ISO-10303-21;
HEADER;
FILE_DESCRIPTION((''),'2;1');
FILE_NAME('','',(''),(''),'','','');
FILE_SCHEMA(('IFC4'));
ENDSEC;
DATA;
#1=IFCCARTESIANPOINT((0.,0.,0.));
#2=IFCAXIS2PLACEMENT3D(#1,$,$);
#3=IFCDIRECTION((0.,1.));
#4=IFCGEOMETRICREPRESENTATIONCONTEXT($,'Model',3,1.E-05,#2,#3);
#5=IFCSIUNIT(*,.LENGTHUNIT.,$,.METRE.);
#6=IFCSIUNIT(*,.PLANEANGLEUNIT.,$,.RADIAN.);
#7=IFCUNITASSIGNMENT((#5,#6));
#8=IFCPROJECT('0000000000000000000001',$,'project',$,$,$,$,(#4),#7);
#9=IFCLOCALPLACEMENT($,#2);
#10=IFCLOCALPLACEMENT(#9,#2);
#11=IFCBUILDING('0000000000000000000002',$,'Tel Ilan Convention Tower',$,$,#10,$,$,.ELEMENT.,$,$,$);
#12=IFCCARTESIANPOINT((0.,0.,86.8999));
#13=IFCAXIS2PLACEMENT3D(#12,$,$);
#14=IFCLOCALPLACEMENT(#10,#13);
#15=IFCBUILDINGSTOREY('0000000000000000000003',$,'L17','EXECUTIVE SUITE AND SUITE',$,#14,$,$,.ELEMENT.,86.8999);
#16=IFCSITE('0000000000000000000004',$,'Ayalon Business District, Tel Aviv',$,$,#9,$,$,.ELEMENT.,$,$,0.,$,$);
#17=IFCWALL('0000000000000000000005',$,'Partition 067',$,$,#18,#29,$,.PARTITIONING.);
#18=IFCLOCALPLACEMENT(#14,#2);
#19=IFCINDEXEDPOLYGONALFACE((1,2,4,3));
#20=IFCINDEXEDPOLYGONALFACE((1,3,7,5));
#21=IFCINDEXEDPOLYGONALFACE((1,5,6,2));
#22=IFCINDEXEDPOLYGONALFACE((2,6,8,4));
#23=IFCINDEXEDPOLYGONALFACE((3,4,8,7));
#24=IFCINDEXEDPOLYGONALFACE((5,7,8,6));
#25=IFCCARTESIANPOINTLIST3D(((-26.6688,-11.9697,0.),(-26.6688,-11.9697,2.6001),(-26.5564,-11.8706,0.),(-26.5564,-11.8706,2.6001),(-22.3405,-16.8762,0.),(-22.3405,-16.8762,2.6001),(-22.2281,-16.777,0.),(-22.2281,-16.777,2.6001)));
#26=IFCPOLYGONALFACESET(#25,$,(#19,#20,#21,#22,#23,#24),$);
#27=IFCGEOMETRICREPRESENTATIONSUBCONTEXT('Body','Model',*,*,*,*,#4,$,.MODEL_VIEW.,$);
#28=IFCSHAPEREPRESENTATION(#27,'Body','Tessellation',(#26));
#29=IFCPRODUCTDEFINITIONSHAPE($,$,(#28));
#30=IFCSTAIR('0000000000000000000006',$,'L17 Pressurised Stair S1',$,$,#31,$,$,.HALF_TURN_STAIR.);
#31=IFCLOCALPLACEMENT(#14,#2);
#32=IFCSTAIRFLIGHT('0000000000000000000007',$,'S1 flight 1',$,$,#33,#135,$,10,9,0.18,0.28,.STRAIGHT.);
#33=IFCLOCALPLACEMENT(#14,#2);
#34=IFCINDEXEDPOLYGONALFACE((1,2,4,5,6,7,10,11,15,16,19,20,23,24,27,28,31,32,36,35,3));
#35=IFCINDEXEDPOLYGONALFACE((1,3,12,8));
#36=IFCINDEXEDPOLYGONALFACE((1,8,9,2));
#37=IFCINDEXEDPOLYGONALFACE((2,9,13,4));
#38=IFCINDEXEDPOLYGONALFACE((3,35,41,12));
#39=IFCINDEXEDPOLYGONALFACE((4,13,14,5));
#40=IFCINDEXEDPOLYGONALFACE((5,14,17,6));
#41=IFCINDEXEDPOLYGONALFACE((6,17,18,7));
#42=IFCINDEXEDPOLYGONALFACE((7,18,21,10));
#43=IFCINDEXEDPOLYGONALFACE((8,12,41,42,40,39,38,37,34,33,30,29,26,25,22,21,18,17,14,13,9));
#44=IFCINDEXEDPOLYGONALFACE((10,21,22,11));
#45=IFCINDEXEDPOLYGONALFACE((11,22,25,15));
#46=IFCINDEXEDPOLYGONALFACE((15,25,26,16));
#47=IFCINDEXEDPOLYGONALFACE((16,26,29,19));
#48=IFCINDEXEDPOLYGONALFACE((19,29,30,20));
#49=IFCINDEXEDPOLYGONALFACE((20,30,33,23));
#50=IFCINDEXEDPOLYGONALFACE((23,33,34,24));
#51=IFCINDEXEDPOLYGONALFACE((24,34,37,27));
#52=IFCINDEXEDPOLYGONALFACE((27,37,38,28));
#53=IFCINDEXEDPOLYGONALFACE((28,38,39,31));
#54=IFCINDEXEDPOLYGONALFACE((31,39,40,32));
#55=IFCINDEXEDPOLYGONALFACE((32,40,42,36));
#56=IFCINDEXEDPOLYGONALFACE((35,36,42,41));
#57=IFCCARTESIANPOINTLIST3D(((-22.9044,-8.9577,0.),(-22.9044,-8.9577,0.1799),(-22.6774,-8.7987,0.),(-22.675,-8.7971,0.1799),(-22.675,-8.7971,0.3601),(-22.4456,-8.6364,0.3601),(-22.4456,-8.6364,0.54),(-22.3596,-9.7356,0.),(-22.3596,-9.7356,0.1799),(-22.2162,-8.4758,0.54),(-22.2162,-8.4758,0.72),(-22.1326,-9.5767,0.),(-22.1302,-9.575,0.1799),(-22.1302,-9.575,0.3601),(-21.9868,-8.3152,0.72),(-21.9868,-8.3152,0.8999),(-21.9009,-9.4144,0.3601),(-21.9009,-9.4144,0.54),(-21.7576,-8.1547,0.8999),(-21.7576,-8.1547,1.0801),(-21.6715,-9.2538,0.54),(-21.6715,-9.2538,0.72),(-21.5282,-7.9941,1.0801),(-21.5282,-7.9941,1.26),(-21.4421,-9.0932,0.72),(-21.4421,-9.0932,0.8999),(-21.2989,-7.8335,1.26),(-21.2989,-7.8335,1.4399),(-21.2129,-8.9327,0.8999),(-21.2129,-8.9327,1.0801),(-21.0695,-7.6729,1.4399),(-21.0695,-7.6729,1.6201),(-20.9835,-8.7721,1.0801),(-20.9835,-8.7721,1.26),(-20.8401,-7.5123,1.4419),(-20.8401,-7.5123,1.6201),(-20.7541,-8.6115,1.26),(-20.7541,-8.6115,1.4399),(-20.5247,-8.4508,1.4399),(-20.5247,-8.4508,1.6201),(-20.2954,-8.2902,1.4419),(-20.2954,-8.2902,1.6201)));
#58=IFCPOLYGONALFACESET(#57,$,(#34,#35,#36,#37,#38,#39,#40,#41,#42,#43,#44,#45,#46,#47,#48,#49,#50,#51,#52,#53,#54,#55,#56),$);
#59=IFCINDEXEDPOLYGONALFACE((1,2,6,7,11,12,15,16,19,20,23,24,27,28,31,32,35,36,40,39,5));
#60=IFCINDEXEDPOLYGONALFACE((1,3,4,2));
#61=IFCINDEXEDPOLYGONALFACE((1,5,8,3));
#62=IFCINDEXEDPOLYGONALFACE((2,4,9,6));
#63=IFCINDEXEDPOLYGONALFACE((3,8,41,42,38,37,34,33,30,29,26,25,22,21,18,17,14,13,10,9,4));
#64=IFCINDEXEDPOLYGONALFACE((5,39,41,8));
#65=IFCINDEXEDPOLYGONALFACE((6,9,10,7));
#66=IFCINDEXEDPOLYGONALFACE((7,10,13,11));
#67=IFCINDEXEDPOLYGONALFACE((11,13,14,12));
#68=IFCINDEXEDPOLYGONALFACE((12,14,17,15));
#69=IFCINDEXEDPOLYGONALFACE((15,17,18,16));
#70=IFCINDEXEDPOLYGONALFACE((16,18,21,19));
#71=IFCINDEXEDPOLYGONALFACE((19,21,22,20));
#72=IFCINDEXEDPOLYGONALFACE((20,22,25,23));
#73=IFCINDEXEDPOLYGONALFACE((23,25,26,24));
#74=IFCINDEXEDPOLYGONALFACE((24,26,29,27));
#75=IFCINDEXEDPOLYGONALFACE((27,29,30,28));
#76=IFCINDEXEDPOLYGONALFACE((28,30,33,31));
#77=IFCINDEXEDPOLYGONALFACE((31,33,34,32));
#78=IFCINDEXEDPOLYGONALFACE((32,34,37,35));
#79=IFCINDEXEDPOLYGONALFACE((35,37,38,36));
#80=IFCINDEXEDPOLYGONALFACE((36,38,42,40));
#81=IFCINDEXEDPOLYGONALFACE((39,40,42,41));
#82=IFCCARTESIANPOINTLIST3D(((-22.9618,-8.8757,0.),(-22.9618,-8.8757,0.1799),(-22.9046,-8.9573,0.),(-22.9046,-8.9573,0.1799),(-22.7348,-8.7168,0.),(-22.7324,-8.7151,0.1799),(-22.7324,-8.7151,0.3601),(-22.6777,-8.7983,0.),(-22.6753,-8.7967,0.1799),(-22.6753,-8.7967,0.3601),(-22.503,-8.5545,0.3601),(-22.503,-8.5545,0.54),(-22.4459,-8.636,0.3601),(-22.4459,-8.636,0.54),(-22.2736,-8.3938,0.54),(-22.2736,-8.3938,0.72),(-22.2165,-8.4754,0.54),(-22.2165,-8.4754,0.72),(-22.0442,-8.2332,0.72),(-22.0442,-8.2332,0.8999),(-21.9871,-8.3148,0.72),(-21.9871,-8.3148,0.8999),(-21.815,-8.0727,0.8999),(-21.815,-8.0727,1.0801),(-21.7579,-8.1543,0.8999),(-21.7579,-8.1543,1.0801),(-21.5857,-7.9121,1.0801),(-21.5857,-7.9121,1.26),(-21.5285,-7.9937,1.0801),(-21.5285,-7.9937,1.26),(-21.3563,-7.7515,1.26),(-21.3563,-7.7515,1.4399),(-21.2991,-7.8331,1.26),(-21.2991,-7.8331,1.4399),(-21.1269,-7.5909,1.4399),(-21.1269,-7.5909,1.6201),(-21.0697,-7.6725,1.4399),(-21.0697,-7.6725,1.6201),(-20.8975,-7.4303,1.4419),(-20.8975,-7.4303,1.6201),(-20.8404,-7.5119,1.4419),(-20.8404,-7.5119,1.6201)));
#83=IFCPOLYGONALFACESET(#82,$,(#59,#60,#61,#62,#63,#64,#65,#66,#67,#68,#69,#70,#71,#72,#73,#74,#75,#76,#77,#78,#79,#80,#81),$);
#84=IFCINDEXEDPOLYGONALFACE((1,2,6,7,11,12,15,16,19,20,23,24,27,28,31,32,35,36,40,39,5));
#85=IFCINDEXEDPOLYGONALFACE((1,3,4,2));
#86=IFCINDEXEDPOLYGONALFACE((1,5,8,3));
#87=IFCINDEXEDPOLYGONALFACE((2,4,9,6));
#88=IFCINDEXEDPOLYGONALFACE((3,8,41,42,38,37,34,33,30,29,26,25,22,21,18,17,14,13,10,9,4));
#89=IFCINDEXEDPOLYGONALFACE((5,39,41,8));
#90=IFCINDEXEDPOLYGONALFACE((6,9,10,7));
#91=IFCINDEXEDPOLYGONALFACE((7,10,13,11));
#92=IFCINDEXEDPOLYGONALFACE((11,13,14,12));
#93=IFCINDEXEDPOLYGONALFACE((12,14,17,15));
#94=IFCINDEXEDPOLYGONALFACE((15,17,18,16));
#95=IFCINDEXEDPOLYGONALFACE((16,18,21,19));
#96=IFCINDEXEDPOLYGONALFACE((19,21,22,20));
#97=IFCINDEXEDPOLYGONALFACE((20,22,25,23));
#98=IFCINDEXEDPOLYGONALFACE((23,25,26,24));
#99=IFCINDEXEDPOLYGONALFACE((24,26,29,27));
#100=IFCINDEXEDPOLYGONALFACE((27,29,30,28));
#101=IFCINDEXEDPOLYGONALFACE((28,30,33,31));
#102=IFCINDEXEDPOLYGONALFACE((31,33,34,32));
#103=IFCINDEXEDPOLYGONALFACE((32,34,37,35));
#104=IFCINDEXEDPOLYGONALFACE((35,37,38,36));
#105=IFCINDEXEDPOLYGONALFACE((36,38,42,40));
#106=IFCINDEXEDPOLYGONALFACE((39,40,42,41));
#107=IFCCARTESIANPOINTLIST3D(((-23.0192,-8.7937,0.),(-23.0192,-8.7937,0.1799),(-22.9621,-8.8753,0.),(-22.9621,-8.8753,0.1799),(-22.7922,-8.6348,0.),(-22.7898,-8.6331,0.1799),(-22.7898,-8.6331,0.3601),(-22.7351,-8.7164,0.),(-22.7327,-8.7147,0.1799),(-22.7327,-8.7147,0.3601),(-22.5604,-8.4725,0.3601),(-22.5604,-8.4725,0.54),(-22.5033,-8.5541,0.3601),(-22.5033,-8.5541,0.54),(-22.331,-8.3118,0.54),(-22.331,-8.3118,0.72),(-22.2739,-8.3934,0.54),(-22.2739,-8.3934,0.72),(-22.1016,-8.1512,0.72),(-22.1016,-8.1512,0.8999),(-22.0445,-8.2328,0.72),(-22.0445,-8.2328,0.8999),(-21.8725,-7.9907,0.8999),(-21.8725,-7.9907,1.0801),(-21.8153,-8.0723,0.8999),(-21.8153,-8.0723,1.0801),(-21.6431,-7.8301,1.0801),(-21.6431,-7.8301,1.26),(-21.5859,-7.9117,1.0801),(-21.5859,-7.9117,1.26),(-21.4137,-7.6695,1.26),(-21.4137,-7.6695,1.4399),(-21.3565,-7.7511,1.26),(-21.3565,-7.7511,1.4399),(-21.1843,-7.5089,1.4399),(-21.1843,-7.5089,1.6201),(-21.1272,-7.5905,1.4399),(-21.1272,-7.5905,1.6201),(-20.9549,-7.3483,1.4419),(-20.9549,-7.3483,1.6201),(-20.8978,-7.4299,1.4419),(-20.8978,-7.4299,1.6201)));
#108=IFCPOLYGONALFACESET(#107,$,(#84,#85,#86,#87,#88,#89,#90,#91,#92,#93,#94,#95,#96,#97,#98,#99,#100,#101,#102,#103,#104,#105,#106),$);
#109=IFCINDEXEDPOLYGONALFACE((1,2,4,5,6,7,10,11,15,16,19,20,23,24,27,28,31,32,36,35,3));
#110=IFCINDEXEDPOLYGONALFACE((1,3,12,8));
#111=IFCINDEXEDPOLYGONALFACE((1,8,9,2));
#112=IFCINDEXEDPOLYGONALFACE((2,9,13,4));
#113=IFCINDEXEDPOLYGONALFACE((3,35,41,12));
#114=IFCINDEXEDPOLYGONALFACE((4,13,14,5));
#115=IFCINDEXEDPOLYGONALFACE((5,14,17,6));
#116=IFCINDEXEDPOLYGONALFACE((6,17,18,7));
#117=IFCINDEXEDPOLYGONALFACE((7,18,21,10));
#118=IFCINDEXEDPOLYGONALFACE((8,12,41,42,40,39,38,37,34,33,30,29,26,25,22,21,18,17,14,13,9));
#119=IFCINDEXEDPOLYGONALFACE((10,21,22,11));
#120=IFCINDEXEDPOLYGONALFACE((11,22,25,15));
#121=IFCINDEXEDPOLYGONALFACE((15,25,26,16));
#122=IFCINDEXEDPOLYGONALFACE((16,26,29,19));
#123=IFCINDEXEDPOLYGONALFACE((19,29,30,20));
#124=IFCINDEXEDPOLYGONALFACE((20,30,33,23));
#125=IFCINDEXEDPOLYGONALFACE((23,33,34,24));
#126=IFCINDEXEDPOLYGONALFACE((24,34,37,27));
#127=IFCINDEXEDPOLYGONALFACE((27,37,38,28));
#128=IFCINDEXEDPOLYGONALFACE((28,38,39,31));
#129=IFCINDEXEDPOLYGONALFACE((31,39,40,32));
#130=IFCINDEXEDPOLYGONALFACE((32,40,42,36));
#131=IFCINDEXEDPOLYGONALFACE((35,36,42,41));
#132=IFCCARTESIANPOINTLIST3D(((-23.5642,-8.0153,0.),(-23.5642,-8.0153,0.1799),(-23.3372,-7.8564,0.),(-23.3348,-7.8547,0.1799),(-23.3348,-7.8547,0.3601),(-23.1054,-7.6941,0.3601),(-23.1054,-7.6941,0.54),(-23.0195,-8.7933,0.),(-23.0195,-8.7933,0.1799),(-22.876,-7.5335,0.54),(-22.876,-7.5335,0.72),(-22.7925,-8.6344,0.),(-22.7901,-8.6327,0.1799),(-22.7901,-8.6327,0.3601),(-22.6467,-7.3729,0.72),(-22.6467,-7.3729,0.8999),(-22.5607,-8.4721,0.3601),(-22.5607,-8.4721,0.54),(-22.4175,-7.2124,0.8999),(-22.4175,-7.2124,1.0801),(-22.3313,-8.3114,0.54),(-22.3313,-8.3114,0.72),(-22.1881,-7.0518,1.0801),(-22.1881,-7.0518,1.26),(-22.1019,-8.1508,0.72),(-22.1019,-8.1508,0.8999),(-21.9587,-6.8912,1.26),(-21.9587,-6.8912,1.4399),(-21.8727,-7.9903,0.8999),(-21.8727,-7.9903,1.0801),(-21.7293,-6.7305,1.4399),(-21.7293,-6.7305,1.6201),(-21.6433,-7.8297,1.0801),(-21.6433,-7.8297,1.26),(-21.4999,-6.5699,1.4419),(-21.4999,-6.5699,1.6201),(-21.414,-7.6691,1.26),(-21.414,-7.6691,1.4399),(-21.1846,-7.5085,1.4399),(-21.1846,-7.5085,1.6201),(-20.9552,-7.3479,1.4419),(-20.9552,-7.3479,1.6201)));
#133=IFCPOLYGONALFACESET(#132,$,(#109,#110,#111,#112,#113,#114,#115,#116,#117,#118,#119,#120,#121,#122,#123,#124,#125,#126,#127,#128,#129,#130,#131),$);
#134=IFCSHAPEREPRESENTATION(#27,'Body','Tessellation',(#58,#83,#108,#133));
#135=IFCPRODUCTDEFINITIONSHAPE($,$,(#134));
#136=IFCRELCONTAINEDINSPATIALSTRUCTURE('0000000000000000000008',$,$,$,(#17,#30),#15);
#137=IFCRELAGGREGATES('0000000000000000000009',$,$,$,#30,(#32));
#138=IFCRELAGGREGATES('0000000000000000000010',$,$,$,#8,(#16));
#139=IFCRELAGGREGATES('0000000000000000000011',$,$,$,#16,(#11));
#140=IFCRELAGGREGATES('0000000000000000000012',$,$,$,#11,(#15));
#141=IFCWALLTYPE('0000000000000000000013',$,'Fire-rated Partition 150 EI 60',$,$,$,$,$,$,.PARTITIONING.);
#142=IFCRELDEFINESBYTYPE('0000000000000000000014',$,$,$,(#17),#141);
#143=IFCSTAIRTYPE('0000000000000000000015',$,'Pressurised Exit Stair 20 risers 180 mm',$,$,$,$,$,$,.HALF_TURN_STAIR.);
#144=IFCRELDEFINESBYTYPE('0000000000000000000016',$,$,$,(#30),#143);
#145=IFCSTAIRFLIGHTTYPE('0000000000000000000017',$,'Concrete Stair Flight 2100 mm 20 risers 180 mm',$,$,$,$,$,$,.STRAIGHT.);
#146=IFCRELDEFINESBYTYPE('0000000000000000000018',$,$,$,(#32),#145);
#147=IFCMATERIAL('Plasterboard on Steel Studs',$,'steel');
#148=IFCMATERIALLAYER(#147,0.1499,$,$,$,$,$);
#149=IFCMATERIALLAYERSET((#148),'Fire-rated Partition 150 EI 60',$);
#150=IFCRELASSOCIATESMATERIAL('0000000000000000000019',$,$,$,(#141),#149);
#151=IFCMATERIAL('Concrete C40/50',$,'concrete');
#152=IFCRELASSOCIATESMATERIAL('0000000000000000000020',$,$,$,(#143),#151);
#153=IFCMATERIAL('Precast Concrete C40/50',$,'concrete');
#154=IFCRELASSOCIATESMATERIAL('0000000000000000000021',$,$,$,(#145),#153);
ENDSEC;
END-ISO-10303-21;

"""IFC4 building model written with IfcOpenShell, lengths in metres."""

from ifc_helpers import new_model, si_unit, direction, frame, frame_2d, origin, place, context, subcontext, project, spatial, polyline, rectangle, outline, extrude, material, layer, layer_set, type_object, element, aggregate, save


model = new_model("IFC4")

# Units and contexts
model_context = context("Model", 3, precision=1e-05, world=origin(), true_north=direction((0.0, 1.0)))
body_context = subcontext(model_context, "Body", "Model", "MODEL_VIEW")
ifc_project = project(units=[si_unit("LENGTHUNIT", "METRE"), si_unit("PLANEANGLEUNIT", "RADIAN")], contexts=[model_context])

# Site, building, storey
site_placement = place(None, origin())
site = spatial("IfcSite", under=ifc_project, at=site_placement, Name="Ayalon Business District, Tel Aviv", CompositionType="ELEMENT", RefElevation=0.0)
building_placement = place(site_placement, origin())
building = spatial("IfcBuilding", under=site, at=building_placement, Name="Tel Ilan Convention Tower", CompositionType="ELEMENT")
storey_placement = place(building_placement, frame((0.0, 0.0, 86.8999)))
storey = spatial("IfcBuildingStorey", under=building, at=storey_placement, Name="L17", Description="EXECUTIVE SUITE AND SUITE", CompositionType="ELEMENT", Elevation=86.8999)

# Wall
ifc_material_1 = material(Name="Plasterboard on Steel Studs", Category="steel")
ifc_layer_1 = layer(ifc_material_1, 0.1499)
ifc_layer_set_1 = layer_set([ifc_layer_1], Name="Fire-rated Partition 150 EI 60")
wall_type_1 = type_object("IfcWallType", Name="Fire-rated Partition 150 EI 60", PredefinedType="PARTITIONING", material=ifc_layer_set_1)
wall_1_placement = place(storey_placement, frame((-22.2842, -16.8267, 0.0), z_axis=(0.0, 0.0, 1.0), x_axis=(-0.661545, 0.749905, 0.0)))
element("IfcWall", 1, at=wall_1_placement, inside=storey, type_object=wall_type_1, Name="Partition 067", PredefinedType="PARTITIONING", context=body_context, shape_type="SweptSolid", body=[
    extrude(rectangle(XDim=6.5427, YDim=0.1499, at=frame_2d((3.2715, 0.0))), origin(), (0.0, 0.0, 1.0), 2.6001),
])

# Stair, stair flight
ifc_material_2 = material(Name="Concrete C40/50", Category="concrete")
stair_type = type_object("IfcStairType", Name="Pressurised Exit Stair 20 risers 180 mm", PredefinedType="HALF_TURN_STAIR", material=ifc_material_2)
stair_1_placement = place(storey_placement, origin())
stair_1 = element("IfcStair", 2, at=stair_1_placement, inside=storey, type_object=stair_type, Name="L17 Pressurised Stair S1", PredefinedType="HALF_TURN_STAIR")
ifc_material_3 = material(Name="Precast Concrete C40/50", Category="concrete")
stair_flight_type = type_object("IfcStairFlightType", Name="Concrete Stair Flight 2100 mm 20 risers 180 mm", PredefinedType="STRAIGHT", material=ifc_material_3)
stair_flight_1_placement = place(storey_placement, frame((-22.9619, -8.8755, 0.0), z_axis=(0.0, 0.0, 1.0), x_axis=(0.819152, 0.573576, 0.0)))
stair_flight_1 = element("IfcStairFlight", 3, at=stair_flight_1_placement, type_object=stair_flight_type, Name="S1 flight 1", NumberOfRisers=10, NumberOfTreads=9, PredefinedType="STRAIGHT", RiserHeight=0.18, TreadLength=0.28, context=body_context, shape_type="SweptSolid", body=[
    extrude(outline(polyline([(0.0, 0.0), (0.0, 0.1799), (0.28, 0.1799), (0.28, 0.3601), (0.5601, 0.3601), (0.5601, 0.54), (0.8401, 0.54), (0.8401, 0.72), (1.1201, 0.72), (1.1201, 0.8999), (1.3999, 0.8999), (1.3999, 1.0801), (1.6799, 1.0801), (1.6799, 1.26), (1.96, 1.26), (1.96, 1.4399), (2.24, 1.4399), (2.24, 1.6201), (2.52, 1.6201), (2.52, 1.8), (2.52, 1.4419), (0.2771, 0.0), (0.0, 0.0)])), frame((0.0, -0.1003, 0.0), z_axis=(0.0, -1.0, 0.0), x_axis=(1.0, 0.0, 0.0)), (0.0, 0.0, 1.0), 0.9497),
    extrude(outline(polyline([(0.0, 0.0), (0.0, 0.1799), (0.28, 0.1799), (0.28, 0.3601), (0.5601, 0.3601), (0.5601, 0.54), (0.8401, 0.54), (0.8401, 0.72), (1.1201, 0.72), (1.1201, 0.8999), (1.3999, 0.8999), (1.3999, 1.0801), (1.6799, 1.0801), (1.6799, 1.26), (1.96, 1.26), (1.96, 1.4399), (2.24, 1.4399), (2.24, 1.6201), (2.52, 1.6201), (2.52, 1.8), (2.52, 1.4419), (0.2771, 0.0), (0.0, 0.0)])), frame((0.0, -0.0002, 0.0), z_axis=(0.0, -1.0, 0.0), x_axis=(1.0, 0.0, 0.0)), (0.0, 0.0, 1.0), 0.0996),
    extrude(outline(polyline([(0.0, 0.0), (0.0, 0.1799), (0.28, 0.1799), (0.28, 0.3601), (0.5601, 0.3601), (0.5601, 0.54), (0.8401, 0.54), (0.8401, 0.72), (1.1201, 0.72), (1.1201, 0.8999), (1.3999, 0.8999), (1.3999, 1.0801), (1.6799, 1.0801), (1.6799, 1.26), (1.96, 1.26), (1.96, 1.4399), (2.24, 1.4399), (2.24, 1.6201), (2.52, 1.6201), (2.52, 1.8), (2.52, 1.4419), (0.2771, 0.0), (0.0, 0.0)])), frame((0.0, 0.0999, 0.0), z_axis=(0.0, -1.0, 0.0), x_axis=(1.0, 0.0, 0.0)), (0.0, 0.0, 1.0), 0.0996),
    extrude(outline(polyline([(0.0, 0.0), (0.0, 0.1799), (0.28, 0.1799), (0.28, 0.3601), (0.5601, 0.3601), (0.5601, 0.54), (0.8401, 0.54), (0.8401, 0.72), (1.1201, 0.72), (1.1201, 0.8999), (1.3999, 0.8999), (1.3999, 1.0801), (1.6799, 1.0801), (1.6799, 1.26), (1.96, 1.26), (1.96, 1.4399), (2.24, 1.4399), (2.24, 1.6201), (2.52, 1.6201), (2.52, 1.8), (2.52, 1.4419), (0.2771, 0.0), (0.0, 0.0)])), frame((0.0, 1.05, 0.0), z_axis=(0.0, -1.0, 0.0), x_axis=(1.0, 0.0, 0.0)), (0.0, 0.0, 1.0), 0.9497),
])
aggregate(stair_1, [stair_flight_1])

save(model, "model.ifc")
